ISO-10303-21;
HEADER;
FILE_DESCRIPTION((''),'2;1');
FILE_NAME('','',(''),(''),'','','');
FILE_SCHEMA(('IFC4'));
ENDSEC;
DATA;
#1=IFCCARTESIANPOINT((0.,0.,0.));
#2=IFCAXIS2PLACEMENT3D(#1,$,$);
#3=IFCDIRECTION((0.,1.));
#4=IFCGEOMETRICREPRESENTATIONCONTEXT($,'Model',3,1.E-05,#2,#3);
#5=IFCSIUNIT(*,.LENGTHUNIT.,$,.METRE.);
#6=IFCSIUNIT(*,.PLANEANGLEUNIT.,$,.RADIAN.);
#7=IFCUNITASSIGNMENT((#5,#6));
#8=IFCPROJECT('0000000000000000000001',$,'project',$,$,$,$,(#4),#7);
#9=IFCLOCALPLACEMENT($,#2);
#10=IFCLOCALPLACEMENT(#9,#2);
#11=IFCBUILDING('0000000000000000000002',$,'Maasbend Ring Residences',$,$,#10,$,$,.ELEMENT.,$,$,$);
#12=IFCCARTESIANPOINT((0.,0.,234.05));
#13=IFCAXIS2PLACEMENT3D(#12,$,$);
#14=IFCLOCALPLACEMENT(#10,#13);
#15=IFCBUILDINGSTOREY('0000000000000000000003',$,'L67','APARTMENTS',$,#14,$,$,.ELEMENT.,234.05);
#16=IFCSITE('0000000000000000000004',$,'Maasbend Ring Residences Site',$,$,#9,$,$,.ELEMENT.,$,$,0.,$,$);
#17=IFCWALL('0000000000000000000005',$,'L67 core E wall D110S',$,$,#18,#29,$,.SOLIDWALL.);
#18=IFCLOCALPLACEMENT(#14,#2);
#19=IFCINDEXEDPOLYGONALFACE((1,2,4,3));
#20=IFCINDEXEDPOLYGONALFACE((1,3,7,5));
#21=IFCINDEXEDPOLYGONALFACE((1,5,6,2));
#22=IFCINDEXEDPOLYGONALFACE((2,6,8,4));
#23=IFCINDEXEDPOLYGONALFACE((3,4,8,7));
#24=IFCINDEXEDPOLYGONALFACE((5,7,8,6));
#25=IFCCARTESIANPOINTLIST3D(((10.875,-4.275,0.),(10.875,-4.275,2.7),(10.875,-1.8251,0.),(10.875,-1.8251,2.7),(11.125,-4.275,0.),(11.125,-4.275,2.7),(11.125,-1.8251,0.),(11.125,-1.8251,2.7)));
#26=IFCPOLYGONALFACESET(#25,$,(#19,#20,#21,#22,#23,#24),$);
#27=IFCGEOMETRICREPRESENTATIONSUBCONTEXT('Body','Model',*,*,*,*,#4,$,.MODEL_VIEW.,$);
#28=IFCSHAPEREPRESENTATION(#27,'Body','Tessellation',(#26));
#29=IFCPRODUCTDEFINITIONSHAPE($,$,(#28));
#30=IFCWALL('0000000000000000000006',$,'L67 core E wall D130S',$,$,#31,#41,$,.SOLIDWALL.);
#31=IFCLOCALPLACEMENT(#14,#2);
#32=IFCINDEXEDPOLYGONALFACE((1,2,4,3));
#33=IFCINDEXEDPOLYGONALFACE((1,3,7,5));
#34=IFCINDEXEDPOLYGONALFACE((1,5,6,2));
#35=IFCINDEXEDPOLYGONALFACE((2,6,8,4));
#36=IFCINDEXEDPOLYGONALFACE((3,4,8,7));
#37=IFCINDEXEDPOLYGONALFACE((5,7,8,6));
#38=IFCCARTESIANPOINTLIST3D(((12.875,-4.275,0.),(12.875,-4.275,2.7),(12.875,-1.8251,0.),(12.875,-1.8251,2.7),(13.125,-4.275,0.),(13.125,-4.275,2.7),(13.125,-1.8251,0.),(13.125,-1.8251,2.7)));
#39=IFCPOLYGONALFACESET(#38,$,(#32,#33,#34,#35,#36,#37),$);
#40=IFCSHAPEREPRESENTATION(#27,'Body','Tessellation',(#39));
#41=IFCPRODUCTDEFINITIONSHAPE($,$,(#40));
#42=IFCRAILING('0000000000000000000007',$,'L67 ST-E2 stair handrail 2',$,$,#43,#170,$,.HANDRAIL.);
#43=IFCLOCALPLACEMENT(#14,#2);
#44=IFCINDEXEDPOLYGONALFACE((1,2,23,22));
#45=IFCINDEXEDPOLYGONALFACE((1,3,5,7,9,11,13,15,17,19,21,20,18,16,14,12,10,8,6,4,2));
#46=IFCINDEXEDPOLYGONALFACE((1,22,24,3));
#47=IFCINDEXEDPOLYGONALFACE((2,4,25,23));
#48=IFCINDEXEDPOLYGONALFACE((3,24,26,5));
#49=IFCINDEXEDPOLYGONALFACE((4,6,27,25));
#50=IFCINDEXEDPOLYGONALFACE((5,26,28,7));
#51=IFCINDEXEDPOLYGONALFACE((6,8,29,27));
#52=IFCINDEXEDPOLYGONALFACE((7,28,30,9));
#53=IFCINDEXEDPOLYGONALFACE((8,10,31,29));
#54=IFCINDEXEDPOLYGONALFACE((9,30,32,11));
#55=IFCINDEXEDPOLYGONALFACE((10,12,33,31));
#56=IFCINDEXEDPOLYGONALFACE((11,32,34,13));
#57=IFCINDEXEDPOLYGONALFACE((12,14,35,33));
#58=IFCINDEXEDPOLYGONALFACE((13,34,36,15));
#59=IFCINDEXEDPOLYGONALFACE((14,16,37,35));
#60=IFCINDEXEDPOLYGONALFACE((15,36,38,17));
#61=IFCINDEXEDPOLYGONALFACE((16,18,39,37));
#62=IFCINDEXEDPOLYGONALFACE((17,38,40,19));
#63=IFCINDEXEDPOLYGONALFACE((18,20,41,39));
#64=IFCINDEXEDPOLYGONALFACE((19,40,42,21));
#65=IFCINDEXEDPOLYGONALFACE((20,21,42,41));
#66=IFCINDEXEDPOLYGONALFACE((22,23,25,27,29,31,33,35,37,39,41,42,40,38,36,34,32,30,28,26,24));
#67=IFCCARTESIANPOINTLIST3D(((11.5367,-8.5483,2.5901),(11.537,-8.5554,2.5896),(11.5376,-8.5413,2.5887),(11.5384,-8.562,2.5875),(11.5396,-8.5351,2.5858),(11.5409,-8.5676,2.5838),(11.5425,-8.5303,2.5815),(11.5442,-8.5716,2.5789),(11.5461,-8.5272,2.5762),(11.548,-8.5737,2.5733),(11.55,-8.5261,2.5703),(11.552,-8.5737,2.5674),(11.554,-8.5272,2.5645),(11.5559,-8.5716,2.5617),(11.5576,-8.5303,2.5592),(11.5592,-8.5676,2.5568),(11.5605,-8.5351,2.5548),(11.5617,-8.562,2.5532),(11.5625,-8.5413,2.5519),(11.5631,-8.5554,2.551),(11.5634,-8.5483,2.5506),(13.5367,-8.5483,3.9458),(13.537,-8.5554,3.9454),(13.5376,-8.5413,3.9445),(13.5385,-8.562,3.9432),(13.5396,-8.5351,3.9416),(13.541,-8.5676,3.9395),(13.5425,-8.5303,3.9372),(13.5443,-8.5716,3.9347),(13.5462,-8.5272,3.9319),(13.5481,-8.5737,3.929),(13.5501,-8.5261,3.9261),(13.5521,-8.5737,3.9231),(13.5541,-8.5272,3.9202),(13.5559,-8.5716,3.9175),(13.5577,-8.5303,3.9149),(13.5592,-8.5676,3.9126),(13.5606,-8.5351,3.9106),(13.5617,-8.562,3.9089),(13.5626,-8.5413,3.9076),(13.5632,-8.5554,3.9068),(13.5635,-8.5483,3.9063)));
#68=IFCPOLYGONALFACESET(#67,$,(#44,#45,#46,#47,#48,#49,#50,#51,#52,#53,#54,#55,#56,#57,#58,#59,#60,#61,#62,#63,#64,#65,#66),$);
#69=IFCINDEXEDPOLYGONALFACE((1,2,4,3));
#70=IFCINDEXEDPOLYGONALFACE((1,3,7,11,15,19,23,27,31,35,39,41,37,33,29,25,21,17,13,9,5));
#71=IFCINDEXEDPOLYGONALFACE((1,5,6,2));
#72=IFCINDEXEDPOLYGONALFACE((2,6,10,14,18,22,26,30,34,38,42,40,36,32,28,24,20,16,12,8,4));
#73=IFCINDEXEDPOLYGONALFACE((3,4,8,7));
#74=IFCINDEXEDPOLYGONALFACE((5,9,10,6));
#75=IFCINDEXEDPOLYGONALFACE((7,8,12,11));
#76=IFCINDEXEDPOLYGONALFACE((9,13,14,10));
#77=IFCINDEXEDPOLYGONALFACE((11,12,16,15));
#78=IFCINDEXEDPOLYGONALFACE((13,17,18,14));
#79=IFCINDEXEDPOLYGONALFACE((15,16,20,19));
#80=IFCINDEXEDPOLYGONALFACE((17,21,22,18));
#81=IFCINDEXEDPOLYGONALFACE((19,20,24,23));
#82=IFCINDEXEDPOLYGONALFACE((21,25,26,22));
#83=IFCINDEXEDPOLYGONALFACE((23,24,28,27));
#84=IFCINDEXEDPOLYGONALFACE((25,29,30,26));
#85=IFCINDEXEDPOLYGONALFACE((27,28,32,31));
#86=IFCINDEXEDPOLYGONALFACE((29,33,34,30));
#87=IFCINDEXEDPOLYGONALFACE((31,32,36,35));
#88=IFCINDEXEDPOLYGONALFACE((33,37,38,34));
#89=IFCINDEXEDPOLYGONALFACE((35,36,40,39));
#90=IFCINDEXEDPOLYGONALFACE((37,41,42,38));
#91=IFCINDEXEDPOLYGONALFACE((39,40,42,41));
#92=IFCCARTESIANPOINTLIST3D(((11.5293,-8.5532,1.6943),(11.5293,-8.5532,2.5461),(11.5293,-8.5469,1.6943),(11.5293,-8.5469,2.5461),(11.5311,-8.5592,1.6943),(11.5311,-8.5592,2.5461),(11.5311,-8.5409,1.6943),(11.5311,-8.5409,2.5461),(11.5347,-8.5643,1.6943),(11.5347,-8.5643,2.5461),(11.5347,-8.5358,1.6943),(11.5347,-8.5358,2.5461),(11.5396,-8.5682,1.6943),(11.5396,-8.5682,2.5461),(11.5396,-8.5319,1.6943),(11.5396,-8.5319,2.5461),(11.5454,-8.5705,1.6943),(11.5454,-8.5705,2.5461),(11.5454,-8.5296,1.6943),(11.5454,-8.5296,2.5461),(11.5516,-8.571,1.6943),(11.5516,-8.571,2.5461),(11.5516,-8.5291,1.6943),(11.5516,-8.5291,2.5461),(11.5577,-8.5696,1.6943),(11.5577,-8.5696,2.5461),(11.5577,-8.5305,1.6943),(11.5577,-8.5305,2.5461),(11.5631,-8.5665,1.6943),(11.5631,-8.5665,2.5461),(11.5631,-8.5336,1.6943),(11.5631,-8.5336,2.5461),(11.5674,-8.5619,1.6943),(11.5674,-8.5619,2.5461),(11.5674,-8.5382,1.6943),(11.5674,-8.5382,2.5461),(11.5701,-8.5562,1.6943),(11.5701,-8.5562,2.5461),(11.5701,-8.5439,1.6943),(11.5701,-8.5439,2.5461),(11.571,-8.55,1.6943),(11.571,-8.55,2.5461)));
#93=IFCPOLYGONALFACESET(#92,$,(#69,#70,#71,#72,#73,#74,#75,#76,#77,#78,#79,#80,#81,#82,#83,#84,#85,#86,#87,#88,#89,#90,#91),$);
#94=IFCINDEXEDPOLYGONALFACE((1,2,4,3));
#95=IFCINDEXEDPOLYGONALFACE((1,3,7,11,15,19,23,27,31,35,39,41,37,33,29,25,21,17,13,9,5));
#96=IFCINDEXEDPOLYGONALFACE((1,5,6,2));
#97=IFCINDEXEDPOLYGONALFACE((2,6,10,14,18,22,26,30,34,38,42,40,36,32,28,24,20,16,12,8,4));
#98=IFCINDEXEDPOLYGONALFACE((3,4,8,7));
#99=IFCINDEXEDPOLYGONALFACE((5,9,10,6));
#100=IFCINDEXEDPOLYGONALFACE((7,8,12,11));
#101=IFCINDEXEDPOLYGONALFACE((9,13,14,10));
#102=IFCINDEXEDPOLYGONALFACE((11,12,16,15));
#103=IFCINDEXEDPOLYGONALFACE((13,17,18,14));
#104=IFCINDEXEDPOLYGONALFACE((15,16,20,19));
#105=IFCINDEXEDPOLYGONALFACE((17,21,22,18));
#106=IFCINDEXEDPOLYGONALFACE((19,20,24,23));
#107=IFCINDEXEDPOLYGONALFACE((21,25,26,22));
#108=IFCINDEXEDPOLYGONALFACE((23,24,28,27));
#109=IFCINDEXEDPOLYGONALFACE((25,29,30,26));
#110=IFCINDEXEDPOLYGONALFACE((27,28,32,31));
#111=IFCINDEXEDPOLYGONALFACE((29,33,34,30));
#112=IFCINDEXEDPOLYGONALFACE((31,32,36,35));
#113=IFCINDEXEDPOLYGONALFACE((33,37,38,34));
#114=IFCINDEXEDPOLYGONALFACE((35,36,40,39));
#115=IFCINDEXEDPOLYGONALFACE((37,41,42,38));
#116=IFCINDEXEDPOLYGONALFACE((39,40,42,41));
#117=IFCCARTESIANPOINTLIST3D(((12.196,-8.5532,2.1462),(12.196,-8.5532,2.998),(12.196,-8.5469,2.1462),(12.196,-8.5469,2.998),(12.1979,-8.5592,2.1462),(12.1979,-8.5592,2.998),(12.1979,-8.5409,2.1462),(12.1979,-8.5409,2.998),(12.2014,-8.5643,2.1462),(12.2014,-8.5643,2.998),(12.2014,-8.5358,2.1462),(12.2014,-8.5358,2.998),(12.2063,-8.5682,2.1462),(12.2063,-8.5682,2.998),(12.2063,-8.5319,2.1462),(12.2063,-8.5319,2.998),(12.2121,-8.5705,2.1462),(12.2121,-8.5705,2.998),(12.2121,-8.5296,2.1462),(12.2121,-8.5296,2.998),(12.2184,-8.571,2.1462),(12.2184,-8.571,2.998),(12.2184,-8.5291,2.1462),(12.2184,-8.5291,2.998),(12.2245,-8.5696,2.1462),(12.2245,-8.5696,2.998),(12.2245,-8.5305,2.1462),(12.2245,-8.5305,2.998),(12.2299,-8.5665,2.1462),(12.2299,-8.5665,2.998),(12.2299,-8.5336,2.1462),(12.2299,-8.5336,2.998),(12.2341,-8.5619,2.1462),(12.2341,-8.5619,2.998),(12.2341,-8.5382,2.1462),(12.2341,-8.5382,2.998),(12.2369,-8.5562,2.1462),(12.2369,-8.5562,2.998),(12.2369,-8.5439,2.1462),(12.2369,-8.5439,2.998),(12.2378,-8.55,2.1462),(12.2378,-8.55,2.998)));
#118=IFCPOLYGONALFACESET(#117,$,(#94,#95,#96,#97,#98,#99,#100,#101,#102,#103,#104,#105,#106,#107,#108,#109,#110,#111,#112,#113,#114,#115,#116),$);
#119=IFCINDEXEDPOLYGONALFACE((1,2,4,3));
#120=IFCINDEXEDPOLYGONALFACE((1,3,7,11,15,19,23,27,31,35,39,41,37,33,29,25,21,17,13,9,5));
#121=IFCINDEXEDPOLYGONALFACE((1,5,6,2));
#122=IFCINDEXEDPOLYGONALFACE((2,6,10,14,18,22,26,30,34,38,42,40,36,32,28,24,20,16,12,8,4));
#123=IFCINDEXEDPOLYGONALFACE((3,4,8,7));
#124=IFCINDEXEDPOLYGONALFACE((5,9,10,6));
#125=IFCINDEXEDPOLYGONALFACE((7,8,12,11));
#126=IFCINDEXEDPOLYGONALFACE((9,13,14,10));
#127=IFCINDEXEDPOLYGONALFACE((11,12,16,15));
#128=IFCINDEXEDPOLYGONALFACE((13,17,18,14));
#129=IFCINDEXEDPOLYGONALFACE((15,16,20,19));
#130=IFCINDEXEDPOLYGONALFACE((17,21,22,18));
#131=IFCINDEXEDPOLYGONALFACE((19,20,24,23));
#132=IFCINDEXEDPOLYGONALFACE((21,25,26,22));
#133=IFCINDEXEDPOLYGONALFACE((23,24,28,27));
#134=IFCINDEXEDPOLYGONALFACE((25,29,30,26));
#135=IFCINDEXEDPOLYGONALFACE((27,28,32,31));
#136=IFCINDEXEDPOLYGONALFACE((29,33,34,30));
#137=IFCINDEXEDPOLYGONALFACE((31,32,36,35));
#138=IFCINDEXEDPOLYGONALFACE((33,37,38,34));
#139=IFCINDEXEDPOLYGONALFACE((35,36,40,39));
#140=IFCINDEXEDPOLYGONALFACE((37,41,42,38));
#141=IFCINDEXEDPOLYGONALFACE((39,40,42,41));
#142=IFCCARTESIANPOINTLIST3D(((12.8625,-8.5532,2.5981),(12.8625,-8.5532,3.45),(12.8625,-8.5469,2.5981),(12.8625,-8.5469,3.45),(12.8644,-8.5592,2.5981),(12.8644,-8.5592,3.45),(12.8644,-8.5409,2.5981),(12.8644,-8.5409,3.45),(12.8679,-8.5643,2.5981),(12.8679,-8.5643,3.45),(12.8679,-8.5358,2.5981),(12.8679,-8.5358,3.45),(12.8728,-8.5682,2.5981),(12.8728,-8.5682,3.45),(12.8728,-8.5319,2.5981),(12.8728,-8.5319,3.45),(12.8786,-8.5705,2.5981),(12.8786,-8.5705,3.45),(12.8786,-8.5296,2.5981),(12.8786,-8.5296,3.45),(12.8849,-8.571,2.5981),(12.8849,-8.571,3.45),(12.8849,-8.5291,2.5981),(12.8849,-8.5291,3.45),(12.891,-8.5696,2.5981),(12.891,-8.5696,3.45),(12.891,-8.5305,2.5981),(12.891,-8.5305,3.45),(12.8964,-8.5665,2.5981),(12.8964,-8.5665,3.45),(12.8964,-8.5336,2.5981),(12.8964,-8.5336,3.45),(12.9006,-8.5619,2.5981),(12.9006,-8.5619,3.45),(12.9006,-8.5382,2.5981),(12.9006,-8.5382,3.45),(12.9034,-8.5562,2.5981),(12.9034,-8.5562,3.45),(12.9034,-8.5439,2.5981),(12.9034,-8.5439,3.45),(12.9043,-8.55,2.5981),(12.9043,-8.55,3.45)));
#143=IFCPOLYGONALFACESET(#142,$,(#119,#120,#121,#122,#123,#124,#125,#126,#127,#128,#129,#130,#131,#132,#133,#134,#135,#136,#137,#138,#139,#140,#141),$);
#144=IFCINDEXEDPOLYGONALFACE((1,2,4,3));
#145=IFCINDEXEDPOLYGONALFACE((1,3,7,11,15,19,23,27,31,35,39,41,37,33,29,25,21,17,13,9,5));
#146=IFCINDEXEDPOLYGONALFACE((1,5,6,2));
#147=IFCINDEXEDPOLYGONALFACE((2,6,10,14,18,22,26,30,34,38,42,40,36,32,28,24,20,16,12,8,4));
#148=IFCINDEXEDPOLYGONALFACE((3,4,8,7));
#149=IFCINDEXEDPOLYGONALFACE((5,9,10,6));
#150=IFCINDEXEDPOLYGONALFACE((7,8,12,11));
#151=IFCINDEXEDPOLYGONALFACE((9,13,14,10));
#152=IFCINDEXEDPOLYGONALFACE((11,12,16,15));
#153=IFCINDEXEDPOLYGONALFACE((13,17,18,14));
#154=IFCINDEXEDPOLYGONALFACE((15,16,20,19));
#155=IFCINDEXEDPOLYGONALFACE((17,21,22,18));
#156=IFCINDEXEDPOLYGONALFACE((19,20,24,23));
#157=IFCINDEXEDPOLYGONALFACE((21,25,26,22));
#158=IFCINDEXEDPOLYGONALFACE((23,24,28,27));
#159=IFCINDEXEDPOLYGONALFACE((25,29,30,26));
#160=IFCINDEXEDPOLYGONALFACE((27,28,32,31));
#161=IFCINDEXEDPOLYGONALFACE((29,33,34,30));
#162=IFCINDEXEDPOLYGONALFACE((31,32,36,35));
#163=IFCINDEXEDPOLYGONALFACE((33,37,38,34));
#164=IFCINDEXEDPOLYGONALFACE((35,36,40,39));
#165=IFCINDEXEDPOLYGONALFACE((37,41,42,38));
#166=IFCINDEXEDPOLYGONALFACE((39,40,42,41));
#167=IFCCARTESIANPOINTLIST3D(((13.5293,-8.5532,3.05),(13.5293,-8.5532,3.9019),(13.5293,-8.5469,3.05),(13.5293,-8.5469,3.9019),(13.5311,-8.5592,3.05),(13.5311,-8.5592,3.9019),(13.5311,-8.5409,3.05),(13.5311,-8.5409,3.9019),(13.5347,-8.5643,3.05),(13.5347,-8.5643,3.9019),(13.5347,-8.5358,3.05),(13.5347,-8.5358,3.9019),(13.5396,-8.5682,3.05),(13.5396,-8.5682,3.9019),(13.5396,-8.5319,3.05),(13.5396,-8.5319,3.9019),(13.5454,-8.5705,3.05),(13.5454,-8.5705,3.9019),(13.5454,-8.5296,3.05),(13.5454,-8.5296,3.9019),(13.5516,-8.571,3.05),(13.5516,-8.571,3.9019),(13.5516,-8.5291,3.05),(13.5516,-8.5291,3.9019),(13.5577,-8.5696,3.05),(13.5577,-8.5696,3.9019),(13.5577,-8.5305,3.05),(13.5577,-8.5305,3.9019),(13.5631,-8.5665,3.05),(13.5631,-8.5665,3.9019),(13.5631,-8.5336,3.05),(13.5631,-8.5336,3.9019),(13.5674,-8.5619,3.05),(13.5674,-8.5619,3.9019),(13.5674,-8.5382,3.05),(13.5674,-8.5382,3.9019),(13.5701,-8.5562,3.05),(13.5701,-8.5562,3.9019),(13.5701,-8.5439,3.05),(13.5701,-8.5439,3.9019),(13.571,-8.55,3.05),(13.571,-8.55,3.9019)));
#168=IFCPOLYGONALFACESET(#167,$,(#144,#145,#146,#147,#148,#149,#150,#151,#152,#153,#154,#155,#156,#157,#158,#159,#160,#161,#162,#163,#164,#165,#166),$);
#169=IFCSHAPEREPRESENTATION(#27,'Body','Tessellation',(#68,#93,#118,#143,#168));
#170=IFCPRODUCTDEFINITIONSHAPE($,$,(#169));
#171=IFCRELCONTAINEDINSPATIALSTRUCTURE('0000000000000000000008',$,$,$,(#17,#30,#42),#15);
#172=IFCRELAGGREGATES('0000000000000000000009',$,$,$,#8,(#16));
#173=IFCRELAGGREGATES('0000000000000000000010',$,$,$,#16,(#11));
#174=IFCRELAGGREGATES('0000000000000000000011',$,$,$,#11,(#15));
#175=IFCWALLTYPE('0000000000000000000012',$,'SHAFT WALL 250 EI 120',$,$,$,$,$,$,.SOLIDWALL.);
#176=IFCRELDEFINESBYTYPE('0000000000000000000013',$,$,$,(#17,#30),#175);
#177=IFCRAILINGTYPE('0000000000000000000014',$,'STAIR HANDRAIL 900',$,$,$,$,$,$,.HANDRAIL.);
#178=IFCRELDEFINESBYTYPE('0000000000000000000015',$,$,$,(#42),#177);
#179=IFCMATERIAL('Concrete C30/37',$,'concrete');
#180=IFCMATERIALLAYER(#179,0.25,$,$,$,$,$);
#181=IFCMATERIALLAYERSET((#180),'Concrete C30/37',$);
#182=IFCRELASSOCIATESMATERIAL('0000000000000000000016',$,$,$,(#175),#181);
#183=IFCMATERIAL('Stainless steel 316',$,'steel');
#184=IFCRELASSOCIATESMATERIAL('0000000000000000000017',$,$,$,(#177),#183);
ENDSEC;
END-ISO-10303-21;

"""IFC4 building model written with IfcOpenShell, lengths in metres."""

from ifc_helpers import new_model, si_unit, direction, frame, frame_2d, origin, origin_2d, place, context, subcontext, project, spatial, rectangle, circle, extrude, material, layer, layer_set, type_object, element, save


model = new_model("IFC4")

# Units and contexts
model_context = context("Model", 3, precision=1e-05, world=origin(), true_north=direction((0.0, 1.0)))
body_context = subcontext(model_context, "Body", "Model", "MODEL_VIEW")
ifc_project = project(units=[si_unit("LENGTHUNIT", "METRE"), si_unit("PLANEANGLEUNIT", "RADIAN")], contexts=[model_context])

# Site, building, storey
site_placement = place(None, origin())
site = spatial("IfcSite", under=ifc_project, at=site_placement, Name="Maasbend Ring Residences Site", CompositionType="ELEMENT", RefElevation=0.0)
building_placement = place(site_placement, origin())
building = spatial("IfcBuilding", under=site, at=building_placement, Name="Maasbend Ring Residences", CompositionType="ELEMENT")
storey_placement = place(building_placement, frame((0.0, 0.0, 234.05)))
storey = spatial("IfcBuildingStorey", under=building, at=storey_placement, Name="L67", Description="APARTMENTS", CompositionType="ELEMENT", Elevation=234.05)

# Walls
ifc_material_1 = material(Name="Concrete C30/37", Category="concrete")
ifc_layer_1 = layer(ifc_material_1, 0.25)
ifc_layer_set_1 = layer_set([ifc_layer_1], Name="Concrete C30/37")
wall_type_1 = type_object("IfcWallType", Name="SHAFT WALL 250 EI 120", PredefinedType="SOLIDWALL", material=ifc_layer_set_1)
for number, where, z_axis, x_axis, name in (
    (1, (11.0, -1.825, 0.0), (0.0, 0.0, 1.0), (0.0, -1.0, 0.0), "L67 core E wall D110S"),
    (2, (13.0, -1.825, 0.0), (0.0, 0.0, 1.0), (0.0, -1.0, 0.0), "L67 core E wall D130S"),
):
    element("IfcWall", number, at=place(storey_placement, frame(where, z_axis=z_axis, x_axis=x_axis)), inside=storey, type_object=wall_type_1, Name=name, PredefinedType="SOLIDWALL", context=body_context, shape_type="SweptSolid", body=[
        extrude(rectangle(XDim=2.45, YDim=0.25, at=frame_2d((1.2251, 0.0))), origin(), (0.0, 0.0, 1.0), 2.7),
    ])

# Railing
ifc_material_2 = material(Name="Stainless steel 316", Category="steel")
railing_type = type_object("IfcRailingType", Name="STAIR HANDRAIL 900", PredefinedType="HANDRAIL", material=ifc_material_2)
railing_placement = place(storey_placement, frame((11.55, -8.55, 1.6943)))
element("IfcRailing", 3, at=railing_placement, inside=storey, type_object=railing_type, Name="L67 ST-E2 stair handrail 2", PredefinedType="HANDRAIL", context=body_context, shape_type="SweptSolid", body=[
    extrude(circle(Radius=0.0239, at=origin_2d()), frame((0.0, 0.0, 0.876), z_axis=(0.827751, 0.0, 0.561096), x_axis=(0.0, 1.0, 0.0)), (0.0, 0.0, 1.0), 2.4163),
    extrude(circle(Radius=0.021, at=origin_2d()), origin(), (0.0, 0.0, 1.0), 0.8518),
    extrude(circle(Radius=0.021, at=origin_2d()), frame((0.6667, 0.0, 0.4519)), (0.0, 0.0, 1.0), 0.8518),
    extrude(circle(Radius=0.021, at=origin_2d()), frame((1.3333, 0.0, 0.9038)), (0.0, 0.0, 1.0), 0.8518),
    extrude(circle(Radius=0.021, at=origin_2d()), frame((2.0, 0.0, 1.3557)), (0.0, 0.0, 1.0), 0.8518),
])

save(model, "model.ifc")
